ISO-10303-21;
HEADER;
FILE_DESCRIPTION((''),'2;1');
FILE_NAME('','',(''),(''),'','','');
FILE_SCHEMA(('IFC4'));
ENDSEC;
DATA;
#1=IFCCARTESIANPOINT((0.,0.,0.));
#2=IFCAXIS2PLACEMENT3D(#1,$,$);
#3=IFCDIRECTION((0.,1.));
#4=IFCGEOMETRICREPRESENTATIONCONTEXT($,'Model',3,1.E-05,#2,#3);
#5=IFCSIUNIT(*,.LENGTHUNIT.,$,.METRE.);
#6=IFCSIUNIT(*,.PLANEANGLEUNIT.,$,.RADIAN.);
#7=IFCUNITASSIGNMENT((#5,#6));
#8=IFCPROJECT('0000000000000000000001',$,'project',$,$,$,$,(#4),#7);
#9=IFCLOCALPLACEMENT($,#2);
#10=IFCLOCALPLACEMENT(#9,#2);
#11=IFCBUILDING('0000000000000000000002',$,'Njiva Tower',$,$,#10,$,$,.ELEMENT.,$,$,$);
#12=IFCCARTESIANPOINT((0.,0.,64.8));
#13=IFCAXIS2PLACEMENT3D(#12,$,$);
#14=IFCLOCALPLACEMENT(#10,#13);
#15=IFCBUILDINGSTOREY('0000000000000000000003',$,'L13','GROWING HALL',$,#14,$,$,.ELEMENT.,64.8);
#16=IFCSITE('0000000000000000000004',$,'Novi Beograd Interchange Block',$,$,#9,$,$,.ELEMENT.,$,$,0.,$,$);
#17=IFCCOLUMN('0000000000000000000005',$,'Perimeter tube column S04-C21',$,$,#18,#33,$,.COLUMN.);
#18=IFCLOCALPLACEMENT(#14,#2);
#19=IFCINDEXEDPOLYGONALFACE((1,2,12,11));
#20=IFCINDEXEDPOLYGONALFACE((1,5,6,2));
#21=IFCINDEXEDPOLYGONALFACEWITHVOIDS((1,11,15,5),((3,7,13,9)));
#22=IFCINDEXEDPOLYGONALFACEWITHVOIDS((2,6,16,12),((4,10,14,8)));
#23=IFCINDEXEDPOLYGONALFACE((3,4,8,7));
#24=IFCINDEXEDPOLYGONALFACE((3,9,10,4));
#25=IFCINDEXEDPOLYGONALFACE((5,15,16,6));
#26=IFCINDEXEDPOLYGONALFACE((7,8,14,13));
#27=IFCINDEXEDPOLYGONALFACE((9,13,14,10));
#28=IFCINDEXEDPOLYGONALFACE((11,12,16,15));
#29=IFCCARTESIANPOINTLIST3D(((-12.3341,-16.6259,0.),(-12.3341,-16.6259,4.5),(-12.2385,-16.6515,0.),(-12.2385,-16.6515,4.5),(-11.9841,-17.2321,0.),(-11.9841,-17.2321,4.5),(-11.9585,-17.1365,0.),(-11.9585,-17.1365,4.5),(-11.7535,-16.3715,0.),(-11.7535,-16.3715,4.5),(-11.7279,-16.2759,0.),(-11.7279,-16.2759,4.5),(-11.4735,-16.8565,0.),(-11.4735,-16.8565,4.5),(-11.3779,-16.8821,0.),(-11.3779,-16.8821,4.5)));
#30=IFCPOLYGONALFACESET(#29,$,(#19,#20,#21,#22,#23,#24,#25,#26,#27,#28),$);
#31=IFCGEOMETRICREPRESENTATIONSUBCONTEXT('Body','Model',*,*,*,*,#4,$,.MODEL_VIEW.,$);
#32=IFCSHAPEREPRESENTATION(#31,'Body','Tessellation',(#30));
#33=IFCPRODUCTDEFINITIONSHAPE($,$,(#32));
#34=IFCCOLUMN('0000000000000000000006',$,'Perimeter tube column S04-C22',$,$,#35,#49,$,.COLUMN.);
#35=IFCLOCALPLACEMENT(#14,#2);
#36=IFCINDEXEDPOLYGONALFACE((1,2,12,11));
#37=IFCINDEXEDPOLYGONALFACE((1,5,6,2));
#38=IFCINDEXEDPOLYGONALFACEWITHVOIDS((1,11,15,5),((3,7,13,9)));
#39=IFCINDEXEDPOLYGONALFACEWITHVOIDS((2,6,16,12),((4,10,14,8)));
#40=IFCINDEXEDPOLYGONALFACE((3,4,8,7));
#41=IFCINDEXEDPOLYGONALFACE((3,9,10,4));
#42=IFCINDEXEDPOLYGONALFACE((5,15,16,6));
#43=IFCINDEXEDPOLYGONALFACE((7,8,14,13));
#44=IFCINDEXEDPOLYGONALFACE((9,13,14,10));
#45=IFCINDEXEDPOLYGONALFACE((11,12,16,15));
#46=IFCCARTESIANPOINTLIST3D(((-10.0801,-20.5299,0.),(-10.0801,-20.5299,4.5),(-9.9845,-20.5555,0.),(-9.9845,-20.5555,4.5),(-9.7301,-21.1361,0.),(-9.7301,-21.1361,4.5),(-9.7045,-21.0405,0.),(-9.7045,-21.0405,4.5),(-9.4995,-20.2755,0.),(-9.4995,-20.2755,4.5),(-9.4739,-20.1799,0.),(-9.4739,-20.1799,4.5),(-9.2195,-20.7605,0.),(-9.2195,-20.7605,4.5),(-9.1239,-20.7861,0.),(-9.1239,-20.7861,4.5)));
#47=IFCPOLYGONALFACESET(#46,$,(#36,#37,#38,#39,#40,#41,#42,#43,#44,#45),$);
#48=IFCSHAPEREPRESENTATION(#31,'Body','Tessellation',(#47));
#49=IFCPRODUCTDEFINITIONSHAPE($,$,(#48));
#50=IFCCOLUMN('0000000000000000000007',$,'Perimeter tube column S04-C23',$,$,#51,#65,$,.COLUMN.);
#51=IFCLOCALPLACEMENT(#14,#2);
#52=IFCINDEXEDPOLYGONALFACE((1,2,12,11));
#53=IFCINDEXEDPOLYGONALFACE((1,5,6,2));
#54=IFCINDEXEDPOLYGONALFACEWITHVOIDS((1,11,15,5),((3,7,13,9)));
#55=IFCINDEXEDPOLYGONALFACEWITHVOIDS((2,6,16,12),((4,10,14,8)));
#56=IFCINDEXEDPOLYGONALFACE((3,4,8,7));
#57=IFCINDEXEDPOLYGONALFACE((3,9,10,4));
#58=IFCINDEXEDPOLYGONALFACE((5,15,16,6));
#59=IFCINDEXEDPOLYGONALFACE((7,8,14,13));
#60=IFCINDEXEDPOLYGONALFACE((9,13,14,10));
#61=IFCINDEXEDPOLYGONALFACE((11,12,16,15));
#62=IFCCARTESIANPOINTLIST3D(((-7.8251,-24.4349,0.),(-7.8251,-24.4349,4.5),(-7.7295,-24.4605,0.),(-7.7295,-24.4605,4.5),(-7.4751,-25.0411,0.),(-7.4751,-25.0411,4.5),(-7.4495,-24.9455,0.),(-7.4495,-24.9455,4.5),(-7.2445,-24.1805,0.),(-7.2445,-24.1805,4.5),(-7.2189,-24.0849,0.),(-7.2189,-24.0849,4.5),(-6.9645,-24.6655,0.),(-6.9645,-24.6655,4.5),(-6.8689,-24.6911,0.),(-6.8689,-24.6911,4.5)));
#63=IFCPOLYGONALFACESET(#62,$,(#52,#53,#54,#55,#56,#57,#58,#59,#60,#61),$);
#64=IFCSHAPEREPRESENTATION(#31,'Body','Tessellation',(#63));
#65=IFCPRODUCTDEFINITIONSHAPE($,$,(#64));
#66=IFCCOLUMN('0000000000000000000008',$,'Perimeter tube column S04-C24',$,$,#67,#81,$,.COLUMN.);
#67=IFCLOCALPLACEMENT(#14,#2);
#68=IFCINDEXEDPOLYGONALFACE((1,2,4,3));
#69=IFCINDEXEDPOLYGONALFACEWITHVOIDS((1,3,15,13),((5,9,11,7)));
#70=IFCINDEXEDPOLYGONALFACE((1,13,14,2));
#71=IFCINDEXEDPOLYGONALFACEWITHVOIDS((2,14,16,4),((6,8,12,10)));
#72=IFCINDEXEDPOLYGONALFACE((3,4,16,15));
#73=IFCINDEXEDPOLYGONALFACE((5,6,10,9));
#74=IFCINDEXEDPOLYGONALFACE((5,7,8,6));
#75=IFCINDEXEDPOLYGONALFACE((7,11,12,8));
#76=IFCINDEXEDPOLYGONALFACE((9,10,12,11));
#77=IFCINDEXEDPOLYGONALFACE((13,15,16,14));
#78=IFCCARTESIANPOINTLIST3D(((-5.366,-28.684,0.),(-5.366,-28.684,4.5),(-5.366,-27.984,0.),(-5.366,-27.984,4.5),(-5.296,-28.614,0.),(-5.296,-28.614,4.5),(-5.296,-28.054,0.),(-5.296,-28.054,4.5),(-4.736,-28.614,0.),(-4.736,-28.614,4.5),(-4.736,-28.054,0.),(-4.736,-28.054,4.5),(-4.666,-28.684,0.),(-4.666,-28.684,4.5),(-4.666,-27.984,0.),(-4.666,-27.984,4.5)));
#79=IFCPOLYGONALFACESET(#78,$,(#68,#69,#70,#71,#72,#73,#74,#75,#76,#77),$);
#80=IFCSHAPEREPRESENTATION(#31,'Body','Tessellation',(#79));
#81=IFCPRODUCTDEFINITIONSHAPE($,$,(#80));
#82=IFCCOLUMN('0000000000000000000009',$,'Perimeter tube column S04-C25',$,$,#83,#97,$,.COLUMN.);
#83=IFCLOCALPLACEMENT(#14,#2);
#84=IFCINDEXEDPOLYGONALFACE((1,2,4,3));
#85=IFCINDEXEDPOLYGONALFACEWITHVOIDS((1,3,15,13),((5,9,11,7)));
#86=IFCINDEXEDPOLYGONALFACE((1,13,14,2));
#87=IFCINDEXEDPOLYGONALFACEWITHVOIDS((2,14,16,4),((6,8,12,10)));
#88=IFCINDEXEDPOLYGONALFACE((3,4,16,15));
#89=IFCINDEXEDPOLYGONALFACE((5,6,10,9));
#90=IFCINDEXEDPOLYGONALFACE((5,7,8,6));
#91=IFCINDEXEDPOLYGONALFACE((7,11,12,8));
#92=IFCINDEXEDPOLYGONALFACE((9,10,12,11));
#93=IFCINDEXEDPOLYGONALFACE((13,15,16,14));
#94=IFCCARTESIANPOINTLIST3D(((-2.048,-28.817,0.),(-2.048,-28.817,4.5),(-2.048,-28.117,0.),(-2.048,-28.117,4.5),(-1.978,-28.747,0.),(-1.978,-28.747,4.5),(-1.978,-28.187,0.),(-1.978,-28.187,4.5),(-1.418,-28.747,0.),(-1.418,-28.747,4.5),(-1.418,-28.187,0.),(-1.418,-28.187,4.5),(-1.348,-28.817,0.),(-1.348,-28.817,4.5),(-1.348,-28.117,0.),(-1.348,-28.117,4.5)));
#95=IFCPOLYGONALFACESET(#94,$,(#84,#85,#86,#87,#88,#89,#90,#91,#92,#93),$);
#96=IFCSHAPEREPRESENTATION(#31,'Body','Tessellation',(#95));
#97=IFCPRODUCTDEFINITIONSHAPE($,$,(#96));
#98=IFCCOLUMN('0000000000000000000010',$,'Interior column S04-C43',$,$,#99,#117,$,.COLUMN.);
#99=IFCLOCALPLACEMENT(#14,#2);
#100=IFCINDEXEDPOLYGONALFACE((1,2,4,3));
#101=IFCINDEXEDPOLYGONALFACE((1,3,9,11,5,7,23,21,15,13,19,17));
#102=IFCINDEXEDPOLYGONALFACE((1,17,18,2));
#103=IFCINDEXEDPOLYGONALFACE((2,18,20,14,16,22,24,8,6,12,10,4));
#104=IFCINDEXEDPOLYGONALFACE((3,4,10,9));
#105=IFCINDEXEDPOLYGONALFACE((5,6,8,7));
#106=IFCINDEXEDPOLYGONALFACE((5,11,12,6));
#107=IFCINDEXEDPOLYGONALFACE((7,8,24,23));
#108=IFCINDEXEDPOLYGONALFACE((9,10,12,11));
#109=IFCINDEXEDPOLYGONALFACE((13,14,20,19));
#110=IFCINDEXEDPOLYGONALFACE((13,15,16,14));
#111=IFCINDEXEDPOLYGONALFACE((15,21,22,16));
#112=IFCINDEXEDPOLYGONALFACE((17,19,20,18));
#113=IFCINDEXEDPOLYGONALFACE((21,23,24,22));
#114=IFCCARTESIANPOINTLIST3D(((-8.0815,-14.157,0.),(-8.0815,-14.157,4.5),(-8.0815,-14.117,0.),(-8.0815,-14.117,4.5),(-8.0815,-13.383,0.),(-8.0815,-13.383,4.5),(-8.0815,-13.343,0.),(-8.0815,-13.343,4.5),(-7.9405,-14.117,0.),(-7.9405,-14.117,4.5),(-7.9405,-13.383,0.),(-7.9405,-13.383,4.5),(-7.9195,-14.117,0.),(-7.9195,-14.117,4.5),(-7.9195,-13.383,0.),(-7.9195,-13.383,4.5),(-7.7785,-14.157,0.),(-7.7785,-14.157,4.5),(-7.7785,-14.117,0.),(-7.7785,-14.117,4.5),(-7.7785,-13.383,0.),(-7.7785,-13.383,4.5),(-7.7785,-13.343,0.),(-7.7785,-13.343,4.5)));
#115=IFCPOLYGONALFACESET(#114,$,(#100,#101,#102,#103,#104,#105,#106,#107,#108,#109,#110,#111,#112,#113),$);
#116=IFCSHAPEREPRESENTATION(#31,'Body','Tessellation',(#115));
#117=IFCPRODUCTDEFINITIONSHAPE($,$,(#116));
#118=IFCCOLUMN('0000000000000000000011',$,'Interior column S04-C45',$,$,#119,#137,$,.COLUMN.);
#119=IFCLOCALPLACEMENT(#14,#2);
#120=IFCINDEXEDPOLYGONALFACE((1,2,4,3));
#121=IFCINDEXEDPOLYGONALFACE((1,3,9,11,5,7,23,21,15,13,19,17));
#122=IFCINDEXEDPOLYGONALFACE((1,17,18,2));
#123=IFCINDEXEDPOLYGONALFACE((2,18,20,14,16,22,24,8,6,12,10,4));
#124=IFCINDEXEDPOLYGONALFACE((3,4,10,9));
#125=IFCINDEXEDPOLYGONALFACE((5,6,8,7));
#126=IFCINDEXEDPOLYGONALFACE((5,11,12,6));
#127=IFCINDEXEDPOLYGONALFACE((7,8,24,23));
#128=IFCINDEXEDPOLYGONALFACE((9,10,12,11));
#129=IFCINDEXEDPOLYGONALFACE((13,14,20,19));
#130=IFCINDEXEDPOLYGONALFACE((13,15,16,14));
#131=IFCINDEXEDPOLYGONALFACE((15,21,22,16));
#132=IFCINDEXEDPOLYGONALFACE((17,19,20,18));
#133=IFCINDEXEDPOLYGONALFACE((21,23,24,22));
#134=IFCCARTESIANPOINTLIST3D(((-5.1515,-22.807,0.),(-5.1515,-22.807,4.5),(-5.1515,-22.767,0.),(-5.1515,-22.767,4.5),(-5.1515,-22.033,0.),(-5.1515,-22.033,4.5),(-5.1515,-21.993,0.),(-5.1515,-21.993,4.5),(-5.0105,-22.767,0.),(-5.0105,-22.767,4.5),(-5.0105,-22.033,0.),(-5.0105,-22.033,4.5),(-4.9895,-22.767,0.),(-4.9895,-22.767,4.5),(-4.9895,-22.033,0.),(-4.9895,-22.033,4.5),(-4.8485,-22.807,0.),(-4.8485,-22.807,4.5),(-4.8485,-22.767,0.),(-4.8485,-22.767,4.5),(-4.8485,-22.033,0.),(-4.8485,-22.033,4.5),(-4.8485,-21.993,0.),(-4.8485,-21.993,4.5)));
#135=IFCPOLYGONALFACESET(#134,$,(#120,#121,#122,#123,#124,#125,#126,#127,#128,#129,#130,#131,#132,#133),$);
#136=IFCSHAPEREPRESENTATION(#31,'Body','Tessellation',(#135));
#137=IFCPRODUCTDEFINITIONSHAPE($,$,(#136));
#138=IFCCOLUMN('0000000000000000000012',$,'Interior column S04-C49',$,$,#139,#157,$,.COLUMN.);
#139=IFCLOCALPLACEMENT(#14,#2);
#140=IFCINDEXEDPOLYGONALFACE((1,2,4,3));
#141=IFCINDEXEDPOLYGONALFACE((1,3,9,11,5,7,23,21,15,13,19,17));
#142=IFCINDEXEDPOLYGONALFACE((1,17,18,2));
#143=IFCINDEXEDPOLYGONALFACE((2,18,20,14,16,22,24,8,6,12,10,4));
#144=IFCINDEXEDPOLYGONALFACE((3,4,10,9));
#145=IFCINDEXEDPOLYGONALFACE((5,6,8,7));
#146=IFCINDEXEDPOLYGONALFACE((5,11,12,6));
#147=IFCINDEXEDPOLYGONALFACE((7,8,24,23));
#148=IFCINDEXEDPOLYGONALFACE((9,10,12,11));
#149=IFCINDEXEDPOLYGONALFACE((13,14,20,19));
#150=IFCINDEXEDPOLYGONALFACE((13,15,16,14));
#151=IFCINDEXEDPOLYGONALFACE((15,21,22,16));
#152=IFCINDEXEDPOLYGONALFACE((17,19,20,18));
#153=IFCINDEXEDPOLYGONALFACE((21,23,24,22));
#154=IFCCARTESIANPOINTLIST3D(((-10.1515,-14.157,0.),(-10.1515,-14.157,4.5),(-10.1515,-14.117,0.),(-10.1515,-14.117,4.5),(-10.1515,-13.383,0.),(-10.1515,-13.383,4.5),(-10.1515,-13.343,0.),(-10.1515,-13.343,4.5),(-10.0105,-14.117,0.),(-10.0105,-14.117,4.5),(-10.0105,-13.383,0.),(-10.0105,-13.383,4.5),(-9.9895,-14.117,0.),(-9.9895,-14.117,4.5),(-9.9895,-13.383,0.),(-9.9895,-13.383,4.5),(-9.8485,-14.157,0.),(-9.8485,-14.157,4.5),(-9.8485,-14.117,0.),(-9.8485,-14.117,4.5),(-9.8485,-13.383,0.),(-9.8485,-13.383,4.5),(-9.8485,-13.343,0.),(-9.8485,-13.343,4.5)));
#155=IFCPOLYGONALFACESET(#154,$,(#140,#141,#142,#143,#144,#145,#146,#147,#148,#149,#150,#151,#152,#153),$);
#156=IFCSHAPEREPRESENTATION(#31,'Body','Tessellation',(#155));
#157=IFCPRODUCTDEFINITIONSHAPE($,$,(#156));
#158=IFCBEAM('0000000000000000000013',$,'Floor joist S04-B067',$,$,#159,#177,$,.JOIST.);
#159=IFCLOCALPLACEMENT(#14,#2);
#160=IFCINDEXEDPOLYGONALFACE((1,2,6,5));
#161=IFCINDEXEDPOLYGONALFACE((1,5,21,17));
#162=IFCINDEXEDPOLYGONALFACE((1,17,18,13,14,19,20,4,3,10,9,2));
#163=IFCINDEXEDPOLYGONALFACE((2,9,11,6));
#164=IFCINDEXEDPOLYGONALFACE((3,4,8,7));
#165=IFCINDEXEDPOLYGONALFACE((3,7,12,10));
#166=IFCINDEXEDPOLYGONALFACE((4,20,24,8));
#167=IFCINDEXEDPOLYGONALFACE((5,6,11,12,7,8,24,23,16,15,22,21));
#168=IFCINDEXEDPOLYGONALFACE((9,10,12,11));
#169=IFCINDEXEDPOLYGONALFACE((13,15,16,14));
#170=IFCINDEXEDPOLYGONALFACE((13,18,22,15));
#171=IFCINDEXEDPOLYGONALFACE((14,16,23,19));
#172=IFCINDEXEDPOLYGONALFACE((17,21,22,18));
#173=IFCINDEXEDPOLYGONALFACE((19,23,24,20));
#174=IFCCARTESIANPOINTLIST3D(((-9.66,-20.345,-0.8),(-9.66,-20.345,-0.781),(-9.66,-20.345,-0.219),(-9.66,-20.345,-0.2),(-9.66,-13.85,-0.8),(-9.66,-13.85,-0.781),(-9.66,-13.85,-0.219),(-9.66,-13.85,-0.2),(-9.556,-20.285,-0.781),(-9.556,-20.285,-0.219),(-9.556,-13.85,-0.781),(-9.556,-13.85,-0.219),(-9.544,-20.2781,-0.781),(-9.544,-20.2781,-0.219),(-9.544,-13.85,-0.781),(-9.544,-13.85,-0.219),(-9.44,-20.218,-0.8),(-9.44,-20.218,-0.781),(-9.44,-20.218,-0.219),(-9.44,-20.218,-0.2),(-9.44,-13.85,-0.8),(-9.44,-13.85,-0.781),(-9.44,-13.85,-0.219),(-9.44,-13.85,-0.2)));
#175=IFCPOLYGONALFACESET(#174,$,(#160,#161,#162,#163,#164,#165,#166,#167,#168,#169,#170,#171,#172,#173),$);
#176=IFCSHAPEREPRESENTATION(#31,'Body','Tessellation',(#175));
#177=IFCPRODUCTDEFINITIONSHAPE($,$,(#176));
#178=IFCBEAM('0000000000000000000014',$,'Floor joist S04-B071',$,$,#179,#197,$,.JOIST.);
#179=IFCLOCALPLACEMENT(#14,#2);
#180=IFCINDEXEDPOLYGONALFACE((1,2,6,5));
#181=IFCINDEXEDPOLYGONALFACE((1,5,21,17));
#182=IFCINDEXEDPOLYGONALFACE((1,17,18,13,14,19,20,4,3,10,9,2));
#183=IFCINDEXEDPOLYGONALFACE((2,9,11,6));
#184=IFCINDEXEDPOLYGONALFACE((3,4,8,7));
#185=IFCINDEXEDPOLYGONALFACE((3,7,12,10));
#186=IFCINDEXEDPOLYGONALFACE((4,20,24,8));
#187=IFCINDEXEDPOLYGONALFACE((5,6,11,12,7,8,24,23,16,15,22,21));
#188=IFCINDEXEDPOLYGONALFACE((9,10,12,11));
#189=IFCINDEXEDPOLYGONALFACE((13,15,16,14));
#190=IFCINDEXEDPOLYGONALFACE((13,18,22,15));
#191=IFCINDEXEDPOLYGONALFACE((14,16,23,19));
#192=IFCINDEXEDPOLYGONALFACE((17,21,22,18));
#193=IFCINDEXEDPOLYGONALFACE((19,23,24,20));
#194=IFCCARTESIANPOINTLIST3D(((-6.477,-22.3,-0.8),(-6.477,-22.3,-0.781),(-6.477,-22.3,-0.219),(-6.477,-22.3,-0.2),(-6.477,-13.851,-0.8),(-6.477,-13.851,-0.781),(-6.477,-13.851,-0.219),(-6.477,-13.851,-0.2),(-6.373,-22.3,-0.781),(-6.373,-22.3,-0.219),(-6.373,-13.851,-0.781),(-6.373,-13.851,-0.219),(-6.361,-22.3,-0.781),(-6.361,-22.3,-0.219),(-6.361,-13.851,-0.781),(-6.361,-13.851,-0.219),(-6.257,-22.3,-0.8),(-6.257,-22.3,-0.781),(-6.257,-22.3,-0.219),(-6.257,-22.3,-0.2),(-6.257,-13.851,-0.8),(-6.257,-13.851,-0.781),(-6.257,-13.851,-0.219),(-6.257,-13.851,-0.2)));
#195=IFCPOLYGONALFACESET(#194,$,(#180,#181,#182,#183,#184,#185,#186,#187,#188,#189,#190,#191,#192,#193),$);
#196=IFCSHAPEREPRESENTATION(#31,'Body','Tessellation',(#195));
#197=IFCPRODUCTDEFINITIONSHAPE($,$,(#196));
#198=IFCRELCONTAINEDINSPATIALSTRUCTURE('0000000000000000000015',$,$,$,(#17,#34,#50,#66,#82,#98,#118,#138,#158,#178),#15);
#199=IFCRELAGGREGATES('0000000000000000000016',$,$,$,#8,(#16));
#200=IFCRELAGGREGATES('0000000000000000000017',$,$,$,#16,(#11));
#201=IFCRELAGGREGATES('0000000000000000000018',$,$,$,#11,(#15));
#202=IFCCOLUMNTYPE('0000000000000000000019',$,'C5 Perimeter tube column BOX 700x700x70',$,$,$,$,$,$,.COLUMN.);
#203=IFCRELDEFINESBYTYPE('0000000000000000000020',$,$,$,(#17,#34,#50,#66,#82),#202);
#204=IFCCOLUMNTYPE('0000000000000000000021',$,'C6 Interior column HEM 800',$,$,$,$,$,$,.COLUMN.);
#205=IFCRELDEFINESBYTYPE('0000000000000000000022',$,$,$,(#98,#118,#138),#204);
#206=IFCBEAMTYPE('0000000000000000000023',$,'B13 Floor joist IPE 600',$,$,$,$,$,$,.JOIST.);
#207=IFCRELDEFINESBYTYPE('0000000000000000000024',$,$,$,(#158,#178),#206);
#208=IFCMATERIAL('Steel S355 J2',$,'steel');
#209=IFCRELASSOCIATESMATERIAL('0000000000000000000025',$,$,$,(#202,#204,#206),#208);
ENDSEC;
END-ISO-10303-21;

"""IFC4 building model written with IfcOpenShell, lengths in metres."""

from ifc_helpers import new_model, si_unit, direction, frame, origin, origin_2d, place, context, subcontext, project, spatial, hollow_rectangle, i_section, extrude, clip, halfspace, material, material_profile, profile_set, type_object, element, save


model = new_model("IFC4")

# Units and contexts
model_context = context("Model", 3, precision=1e-05, world=origin(), true_north=direction((0.0, 1.0)))
body_context = subcontext(model_context, "Body", "Model", "MODEL_VIEW")
ifc_project = project(units=[si_unit("LENGTHUNIT", "METRE"), si_unit("PLANEANGLEUNIT", "RADIAN")], contexts=[model_context])

# Site, building, storey
site_placement = place(None, origin())
site = spatial("IfcSite", under=ifc_project, at=site_placement, Name="Novi Beograd Interchange Block", CompositionType="ELEMENT", RefElevation=0.0)
building_placement = place(site_placement, origin())
building = spatial("IfcBuilding", under=site, at=building_placement, Name="Njiva Tower", CompositionType="ELEMENT")
storey_placement = place(building_placement, frame((0.0, 0.0, 64.8)))
storey = spatial("IfcBuildingStorey", under=building, at=storey_placement, Name="L13", Description="GROWING HALL", CompositionType="ELEMENT", Elevation=64.8)

# Columns
ifc_material_1 = material(Name="Steel S355 J2", Category="steel")
ifc_material_profile_1 = material_profile(ifc_material_1, hollow_rectangle(XDim=0.7, YDim=0.7, WallThickness=0.07, at=origin_2d()), Name="BOX 700x700x70")
ifc_profile_set_1 = profile_set([ifc_material_profile_1], Name="Steel S355 J2")
column_type_1 = type_object("IfcColumnType", Name="C5 Perimeter tube column BOX 700x700x70", PredefinedType="COLUMN", material=ifc_profile_set_1)
for number, where, z_axis, x_axis, name in (
    (1, (-11.856, -16.754, 0.0), (0.0, 0.0, 1.0), (0.5, -0.866025, 0.0), "Perimeter tube column S04-C21"),
    (2, (-9.602, -20.658, 0.0), (0.0, 0.0, 1.0), (0.5, -0.866025, 0.0), "Perimeter tube column S04-C22"),
    (3, (-7.347, -24.563, 0.0), (0.0, 0.0, 1.0), (0.5, -0.866025, 0.0), "Perimeter tube column S04-C23"),
    (4, (-5.016, -28.334, 0.0), (0.0, 0.0, 1.0), (1.0, 0.0, 0.0), "Perimeter tube column S04-C24"),
    (5, (-1.698, -28.467, 0.0), (0.0, 0.0, 1.0), (1.0, 0.0, 0.0), "Perimeter tube column S04-C25"),
):
    element("IfcColumn", number, at=place(storey_placement, frame(where, z_axis=z_axis, x_axis=x_axis)), inside=storey, type_object=column_type_1, Name=name, PredefinedType="COLUMN", context=body_context, shape_type="SweptSolid", body=[
        extrude(hollow_rectangle(XDim=0.7, YDim=0.7, WallThickness=0.07, at=origin_2d()), origin(), (0.0, 0.0, 1.0), 4.5),
    ])
ifc_material_profile_2 = material_profile(ifc_material_1, i_section(OverallWidth=0.303, OverallDepth=0.814, WebThickness=0.021, FlangeThickness=0.04, at=origin_2d()), Name="HEM 800")
ifc_profile_set_2 = profile_set([ifc_material_profile_2], Name="Steel S355 J2")
column_type_2 = type_object("IfcColumnType", Name="C6 Interior column HEM 800", PredefinedType="COLUMN", material=ifc_profile_set_2)
for number, where, z_axis, x_axis, name in (
    (6, (-7.93, -13.75, 0.0), (0.0, 0.0, 1.0), (1.0, 0.0, 0.0), "Interior column S04-C43"),
    (7, (-5.0, -22.4, 0.0), (0.0, 0.0, 1.0), (1.0, 0.0, 0.0), "Interior column S04-C45"),
    (8, (-10.0, -13.75, 0.0), (0.0, 0.0, 1.0), (1.0, 0.0, 0.0), "Interior column S04-C49"),
):
    element("IfcColumn", number, at=place(storey_placement, frame(where, z_axis=z_axis, x_axis=x_axis)), inside=storey, type_object=column_type_2, Name=name, PredefinedType="COLUMN", context=body_context, shape_type="SweptSolid", body=[
        extrude(i_section(OverallWidth=0.303, OverallDepth=0.814, WebThickness=0.021, FlangeThickness=0.04, at=origin_2d()), origin(), (0.0, 0.0, 1.0), 4.5),
    ])

# Beams
ifc_material_profile_3 = material_profile(ifc_material_1, i_section(OverallWidth=0.22, OverallDepth=0.6, WebThickness=0.012, FlangeThickness=0.019, at=origin_2d()), Name="IPE 600")
ifc_profile_set_3 = profile_set([ifc_material_profile_3], Name="Steel S355 J2")
beam_type_1 = type_object("IfcBeamType", Name="B13 Floor joist IPE 600", PredefinedType="JOIST", material=ifc_profile_set_3)
beam_1_placement = place(storey_placement, frame((-9.55, -13.85, -0.5), z_axis=(0.0, -1.0, 0.0), x_axis=(1.0, 0.0, 0.0)))
element("IfcBeam", 9, at=beam_1_placement, inside=storey, type_object=beam_type_1, Name="Floor joist S04-B067", PredefinedType="JOIST", context=body_context, shape_type="Clipping", body=[
    clip(extrude(i_section(OverallWidth=0.22, OverallDepth=0.6, WebThickness=0.012, FlangeThickness=0.019, at=origin_2d()), origin(), (0.0, 0.0, 1.0), 6.516), halfspace(frame((0.025, 0.0, 6.4171), z_axis=(0.499998, 0.0, 0.866027), x_axis=(0.0, 1.0, 0.0)), False)),
])
for number, where, z_axis, x_axis, name in (
    (10, (-6.367, -13.851, -0.5), (0.0, -1.0, 0.0), (1.0, 0.0, 0.0), "Floor joist S04-B071"),
):
    element("IfcBeam", number, at=place(storey_placement, frame(where, z_axis=z_axis, x_axis=x_axis)), inside=storey, type_object=beam_type_1, Name=name, PredefinedType="JOIST", context=body_context, shape_type="SweptSolid", body=[
        extrude(i_section(OverallWidth=0.22, OverallDepth=0.6, WebThickness=0.012, FlangeThickness=0.019, at=origin_2d()), origin(), (0.0, 0.0, 1.0), 8.449),
    ])

save(model, "model.ifc")
